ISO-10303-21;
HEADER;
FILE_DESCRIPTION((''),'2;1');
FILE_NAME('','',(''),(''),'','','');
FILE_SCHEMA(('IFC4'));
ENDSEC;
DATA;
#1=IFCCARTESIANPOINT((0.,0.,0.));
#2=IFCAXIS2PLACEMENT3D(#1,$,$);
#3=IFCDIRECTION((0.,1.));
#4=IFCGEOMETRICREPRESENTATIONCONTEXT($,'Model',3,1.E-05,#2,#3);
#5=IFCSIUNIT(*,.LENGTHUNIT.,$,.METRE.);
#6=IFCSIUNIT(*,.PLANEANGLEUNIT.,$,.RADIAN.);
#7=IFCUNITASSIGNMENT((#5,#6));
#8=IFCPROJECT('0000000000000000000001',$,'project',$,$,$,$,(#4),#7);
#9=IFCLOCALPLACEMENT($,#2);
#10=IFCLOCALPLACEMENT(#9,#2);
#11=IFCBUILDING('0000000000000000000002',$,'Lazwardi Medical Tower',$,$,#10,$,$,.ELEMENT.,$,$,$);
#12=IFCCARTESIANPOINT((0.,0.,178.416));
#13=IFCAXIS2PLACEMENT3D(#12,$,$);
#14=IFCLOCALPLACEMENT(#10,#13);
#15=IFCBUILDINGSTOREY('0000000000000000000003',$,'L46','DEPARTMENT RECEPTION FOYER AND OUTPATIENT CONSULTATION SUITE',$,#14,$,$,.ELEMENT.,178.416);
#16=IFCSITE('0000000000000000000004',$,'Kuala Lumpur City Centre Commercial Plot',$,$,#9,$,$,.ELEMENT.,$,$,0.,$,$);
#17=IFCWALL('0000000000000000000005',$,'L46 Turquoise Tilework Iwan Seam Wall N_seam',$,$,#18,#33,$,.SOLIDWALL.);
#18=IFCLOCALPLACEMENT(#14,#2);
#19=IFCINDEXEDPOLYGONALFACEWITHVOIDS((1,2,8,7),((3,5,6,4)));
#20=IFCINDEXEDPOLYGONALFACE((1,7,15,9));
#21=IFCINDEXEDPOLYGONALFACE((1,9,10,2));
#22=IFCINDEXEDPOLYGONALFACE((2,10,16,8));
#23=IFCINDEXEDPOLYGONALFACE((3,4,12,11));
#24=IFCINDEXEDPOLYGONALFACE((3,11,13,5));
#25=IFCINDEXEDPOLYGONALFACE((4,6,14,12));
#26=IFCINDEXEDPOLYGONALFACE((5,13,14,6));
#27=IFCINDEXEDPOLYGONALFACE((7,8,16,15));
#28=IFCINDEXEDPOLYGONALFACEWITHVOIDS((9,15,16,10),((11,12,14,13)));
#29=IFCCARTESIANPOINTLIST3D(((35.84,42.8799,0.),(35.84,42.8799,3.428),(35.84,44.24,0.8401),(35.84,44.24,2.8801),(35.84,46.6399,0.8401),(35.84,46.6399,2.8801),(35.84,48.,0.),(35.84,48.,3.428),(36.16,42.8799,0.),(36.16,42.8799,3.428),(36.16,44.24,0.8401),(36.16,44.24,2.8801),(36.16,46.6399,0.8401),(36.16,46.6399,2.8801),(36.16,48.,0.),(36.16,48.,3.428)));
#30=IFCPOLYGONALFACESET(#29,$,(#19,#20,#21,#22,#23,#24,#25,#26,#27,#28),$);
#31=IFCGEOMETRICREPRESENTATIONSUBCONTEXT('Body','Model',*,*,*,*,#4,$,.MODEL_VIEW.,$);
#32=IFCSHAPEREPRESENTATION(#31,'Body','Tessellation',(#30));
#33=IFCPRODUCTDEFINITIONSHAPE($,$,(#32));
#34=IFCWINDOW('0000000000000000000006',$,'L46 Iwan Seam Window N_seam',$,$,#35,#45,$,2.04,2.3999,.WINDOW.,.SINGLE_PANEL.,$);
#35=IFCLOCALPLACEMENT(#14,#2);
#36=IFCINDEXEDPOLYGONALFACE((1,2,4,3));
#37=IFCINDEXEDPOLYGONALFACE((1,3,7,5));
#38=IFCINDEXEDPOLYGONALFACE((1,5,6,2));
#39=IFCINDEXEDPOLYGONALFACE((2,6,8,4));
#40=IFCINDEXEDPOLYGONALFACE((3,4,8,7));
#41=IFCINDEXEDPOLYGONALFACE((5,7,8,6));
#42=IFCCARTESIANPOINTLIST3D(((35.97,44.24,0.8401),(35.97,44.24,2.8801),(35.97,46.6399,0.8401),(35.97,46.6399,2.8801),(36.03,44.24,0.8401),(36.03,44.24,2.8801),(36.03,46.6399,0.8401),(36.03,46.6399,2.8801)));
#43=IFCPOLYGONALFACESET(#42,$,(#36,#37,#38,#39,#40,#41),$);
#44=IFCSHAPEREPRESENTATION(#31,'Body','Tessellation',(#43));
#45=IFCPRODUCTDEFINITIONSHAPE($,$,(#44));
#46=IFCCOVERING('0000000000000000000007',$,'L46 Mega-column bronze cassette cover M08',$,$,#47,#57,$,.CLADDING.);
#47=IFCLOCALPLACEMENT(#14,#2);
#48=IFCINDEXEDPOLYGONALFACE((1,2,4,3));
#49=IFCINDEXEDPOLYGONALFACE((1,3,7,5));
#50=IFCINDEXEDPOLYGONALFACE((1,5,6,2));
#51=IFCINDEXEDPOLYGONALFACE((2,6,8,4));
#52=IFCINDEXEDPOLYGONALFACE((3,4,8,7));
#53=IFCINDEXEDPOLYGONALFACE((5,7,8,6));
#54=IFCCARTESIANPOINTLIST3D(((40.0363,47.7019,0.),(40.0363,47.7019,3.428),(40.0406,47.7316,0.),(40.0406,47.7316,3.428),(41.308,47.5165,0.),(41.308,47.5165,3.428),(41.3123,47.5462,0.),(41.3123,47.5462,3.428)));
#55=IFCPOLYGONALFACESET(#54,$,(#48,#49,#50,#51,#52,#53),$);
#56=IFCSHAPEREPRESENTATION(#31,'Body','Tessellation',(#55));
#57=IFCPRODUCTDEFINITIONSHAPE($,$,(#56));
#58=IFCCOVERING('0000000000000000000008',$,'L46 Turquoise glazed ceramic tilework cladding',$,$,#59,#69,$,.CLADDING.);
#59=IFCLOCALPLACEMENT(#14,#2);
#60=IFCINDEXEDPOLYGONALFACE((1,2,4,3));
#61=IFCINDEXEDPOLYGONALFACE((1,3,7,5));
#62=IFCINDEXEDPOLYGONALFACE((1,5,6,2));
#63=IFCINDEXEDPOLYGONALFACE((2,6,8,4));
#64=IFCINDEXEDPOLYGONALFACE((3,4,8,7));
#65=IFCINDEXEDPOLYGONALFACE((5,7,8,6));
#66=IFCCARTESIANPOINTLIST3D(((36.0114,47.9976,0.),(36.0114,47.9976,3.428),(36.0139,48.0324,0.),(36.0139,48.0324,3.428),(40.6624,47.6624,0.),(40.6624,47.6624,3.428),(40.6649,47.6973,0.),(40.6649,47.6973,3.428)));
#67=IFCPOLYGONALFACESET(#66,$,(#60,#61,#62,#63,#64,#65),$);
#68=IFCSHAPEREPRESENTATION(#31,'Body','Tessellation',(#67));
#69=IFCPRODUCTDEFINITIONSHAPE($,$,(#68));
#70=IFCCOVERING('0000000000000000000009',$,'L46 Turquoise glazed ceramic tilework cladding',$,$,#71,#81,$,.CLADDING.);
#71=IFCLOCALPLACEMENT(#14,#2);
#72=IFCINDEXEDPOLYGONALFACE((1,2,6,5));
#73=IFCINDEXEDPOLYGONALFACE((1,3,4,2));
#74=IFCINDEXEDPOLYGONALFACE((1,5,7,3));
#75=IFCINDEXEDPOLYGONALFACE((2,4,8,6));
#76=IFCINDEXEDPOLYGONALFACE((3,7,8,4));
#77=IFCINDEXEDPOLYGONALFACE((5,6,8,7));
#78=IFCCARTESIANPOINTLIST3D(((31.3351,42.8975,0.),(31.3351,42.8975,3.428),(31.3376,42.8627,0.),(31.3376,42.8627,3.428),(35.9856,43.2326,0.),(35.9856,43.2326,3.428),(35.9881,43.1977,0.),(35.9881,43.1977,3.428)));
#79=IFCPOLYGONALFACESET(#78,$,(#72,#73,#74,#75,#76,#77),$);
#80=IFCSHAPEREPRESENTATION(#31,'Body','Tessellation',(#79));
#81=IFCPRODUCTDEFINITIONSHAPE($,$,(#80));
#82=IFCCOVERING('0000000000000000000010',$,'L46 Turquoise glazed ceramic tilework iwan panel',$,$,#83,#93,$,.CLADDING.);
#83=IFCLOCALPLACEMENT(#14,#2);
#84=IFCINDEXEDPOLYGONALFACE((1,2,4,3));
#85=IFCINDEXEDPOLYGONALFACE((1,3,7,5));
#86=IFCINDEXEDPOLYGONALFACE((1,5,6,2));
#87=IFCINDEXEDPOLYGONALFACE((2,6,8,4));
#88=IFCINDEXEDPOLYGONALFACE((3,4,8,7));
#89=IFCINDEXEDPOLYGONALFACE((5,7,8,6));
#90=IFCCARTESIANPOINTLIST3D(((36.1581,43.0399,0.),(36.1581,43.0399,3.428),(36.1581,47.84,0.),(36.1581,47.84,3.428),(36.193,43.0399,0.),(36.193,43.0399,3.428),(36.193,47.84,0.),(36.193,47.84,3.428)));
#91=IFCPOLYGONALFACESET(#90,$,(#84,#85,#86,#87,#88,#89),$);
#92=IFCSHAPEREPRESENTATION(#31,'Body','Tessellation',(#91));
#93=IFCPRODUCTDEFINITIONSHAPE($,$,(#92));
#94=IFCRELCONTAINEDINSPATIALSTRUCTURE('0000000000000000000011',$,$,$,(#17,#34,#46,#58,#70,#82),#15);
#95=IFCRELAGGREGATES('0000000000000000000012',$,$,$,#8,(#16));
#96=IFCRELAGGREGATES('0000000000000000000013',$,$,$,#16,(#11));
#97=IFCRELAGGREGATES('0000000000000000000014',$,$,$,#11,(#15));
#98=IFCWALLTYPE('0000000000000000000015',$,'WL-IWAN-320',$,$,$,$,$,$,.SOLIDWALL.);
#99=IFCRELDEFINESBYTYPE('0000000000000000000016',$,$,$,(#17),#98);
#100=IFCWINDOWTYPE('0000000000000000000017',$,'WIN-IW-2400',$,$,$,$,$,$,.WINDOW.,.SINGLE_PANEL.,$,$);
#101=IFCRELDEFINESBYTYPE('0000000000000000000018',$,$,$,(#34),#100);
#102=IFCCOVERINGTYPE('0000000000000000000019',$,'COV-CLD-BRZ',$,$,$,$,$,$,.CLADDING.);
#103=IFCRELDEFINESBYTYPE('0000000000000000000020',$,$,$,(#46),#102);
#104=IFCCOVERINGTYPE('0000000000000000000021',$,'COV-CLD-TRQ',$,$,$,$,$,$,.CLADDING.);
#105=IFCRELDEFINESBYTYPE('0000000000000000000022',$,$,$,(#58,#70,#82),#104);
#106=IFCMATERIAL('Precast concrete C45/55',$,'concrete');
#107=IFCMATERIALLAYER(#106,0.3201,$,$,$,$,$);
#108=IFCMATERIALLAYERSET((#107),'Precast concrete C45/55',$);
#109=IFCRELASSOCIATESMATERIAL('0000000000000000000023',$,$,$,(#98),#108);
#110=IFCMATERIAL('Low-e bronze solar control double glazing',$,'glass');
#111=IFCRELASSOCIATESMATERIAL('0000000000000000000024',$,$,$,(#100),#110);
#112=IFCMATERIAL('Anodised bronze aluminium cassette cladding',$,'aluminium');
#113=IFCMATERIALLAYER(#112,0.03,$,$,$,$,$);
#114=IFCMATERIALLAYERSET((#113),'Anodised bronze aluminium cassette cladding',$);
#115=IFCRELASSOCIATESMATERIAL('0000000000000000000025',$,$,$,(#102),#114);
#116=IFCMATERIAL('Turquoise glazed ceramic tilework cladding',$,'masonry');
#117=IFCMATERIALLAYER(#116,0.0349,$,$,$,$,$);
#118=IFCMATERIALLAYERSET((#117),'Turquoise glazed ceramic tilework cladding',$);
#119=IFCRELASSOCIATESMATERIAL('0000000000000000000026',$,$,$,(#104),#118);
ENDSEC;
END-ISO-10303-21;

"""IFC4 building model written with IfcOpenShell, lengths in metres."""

from ifc_helpers import new_model, si_unit, direction, frame, frame_2d, origin, origin_2d, place, context, subcontext, project, spatial, rectangle, extrude, material, layer, layer_set, type_object, element, fill, save


model = new_model("IFC4")

# Units and contexts
model_context = context("Model", 3, precision=1e-05, world=origin(), true_north=direction((0.0, 1.0)))
body_context = subcontext(model_context, "Body", "Model", "MODEL_VIEW")
ifc_project = project(units=[si_unit("LENGTHUNIT", "METRE"), si_unit("PLANEANGLEUNIT", "RADIAN")], contexts=[model_context])

# Site, building, storey
site_placement = place(None, origin())
site = spatial("IfcSite", under=ifc_project, at=site_placement, Name="Kuala Lumpur City Centre Commercial Plot", CompositionType="ELEMENT", RefElevation=0.0)
building_placement = place(site_placement, origin())
building = spatial("IfcBuilding", under=site, at=building_placement, Name="Lazwardi Medical Tower", CompositionType="ELEMENT")
storey_placement = place(building_placement, frame((0.0, 0.0, 178.416)))
storey = spatial("IfcBuildingStorey", under=building, at=storey_placement, Name="L46", Description="DEPARTMENT RECEPTION FOYER AND OUTPATIENT CONSULTATION SUITE", CompositionType="ELEMENT", Elevation=178.416)

# Shared definitions
ifc_material_1 = material(Name="Low-e bronze solar control double glazing", Category="glass")

# Wall, opening, window
ifc_material_2 = material(Name="Precast concrete C45/55", Category="concrete")
ifc_layer_1 = layer(ifc_material_2, 0.3201)
ifc_layer_set_1 = layer_set([ifc_layer_1], Name="Precast concrete C45/55")
wall_type_1 = type_object("IfcWallType", Name="WL-IWAN-320", PredefinedType="SOLIDWALL", material=ifc_layer_set_1)
wall_1_placement = place(storey_placement, frame((36.0, 48.0, 0.0), z_axis=(0.0, 0.0, 1.0), x_axis=(0.0, -1.0, 0.0)))
wall_1 = element("IfcWall", 1, at=wall_1_placement, inside=storey, type_object=wall_type_1, Name="L46 Turquoise Tilework Iwan Seam Wall N_seam", PredefinedType="SOLIDWALL", context=body_context, shape_type="SweptSolid", body=[
    extrude(rectangle(XDim=5.1201, YDim=0.3201, at=frame_2d((2.5601, 0.0))), origin(), (0.0, 0.0, 1.0), 3.428),
])
opening_1_placement = place(wall_1_placement, frame((1.3601, 0.0, 0.8401)))
opening_1 = element("IfcOpeningElement", 2, at=opening_1_placement, cuts=wall_1, PredefinedType="OPENING", context=body_context, shape_type="SweptSolid", body=[
    extrude(rectangle(XDim=2.3999, YDim=2.04, at=frame_2d((1.2, 1.02))), frame((0.0, 0.1699, 0.0), z_axis=(0.0, -1.0, 0.0), x_axis=(1.0, 0.0, 0.0)), (0.0, 0.0, 1.0), 0.3401),
])
window_type_1 = type_object("IfcWindowType", Name="WIN-IW-2400", PartitioningType="SINGLE_PANEL", PredefinedType="WINDOW", material=ifc_material_1)
window_1_placement = place(opening_1_placement, origin())
window_1 = element("IfcWindow", 3, at=window_1_placement, inside=storey, type_object=window_type_1, Name="L46 Iwan Seam Window N_seam", OverallHeight=2.04, OverallWidth=2.3999, PartitioningType="SINGLE_PANEL", PredefinedType="WINDOW", context=body_context, shape_type="SweptSolid", body=[
    extrude(rectangle(XDim=2.3999, YDim=2.04, at=frame_2d((1.2, 1.02))), frame((0.0, 0.03, 0.0), z_axis=(0.0, -1.0, 0.0), x_axis=(1.0, 0.0, 0.0)), (0.0, 0.0, 1.0), 0.0601),
])
fill(opening_1, window_1)

# Coverings
ifc_material_3 = material(Name="Anodised bronze aluminium cassette cladding", Category="aluminium")
ifc_layer_2 = layer(ifc_material_3, 0.03)
ifc_layer_set_2 = layer_set([ifc_layer_2], Name="Anodised bronze aluminium cassette cladding")
covering_type_1 = type_object("IfcCoveringType", Name="COV-CLD-BRZ", PredefinedType="CLADDING", material=ifc_layer_set_2)
covering_1_placement = place(storey_placement, frame((40.6743, 47.624, 0.0), z_axis=(0.0, 0.0, 1.0), x_axis=(-0.989539, 0.144265, 0.0)))
element("IfcCovering", 4, at=covering_1_placement, inside=storey, type_object=covering_type_1, Name="L46 Mega-column bronze cassette cover M08", PredefinedType="CLADDING", context=body_context, shape_type="SweptSolid", body=[
    extrude(rectangle(XDim=1.2852, YDim=0.03, at=origin_2d()), origin(), (0.0, 0.0, 1.0), 3.428),
])
ifc_material_4 = material(Name="Turquoise glazed ceramic tilework cladding", Category="masonry")
ifc_layer_3 = layer(ifc_material_4, 0.0349)
ifc_layer_set_3 = layer_set([ifc_layer_3], Name="Turquoise glazed ceramic tilework cladding")
covering_type_2 = type_object("IfcCoveringType", Name="COV-CLD-TRQ", PredefinedType="CLADDING", material=ifc_layer_set_3)
covering_2_placement = place(storey_placement, frame((38.3381, 47.8474, 0.0), z_axis=(0.0, 0.0, 1.0), x_axis=(-0.997415, 0.071863, 0.0)))
element("IfcCovering", 5, at=covering_2_placement, inside=storey, type_object=covering_type_2, Name="L46 Turquoise glazed ceramic tilework cladding", PredefinedType="CLADDING", context=body_context, shape_type="SweptSolid", body=[
    extrude(rectangle(XDim=4.6631, YDim=0.0349, at=origin_2d()), origin(), (0.0, 0.0, 1.0), 3.428),
])
covering_3_placement = place(storey_placement, frame((33.6616, 43.0476, 0.0), z_axis=(0.0, 0.0, 1.0), x_axis=(-0.997414, -0.071868, 0.0)))
element("IfcCovering", 6, at=covering_3_placement, inside=storey, type_object=covering_type_2, Name="L46 Turquoise glazed ceramic tilework cladding", PredefinedType="CLADDING", context=body_context, shape_type="SweptSolid", body=[
    extrude(rectangle(XDim=4.6626, YDim=0.0349, at=origin_2d()), origin(), (0.0, 0.0, 1.0), 3.428),
])
covering_4_placement = place(storey_placement, frame((36.1755, 45.4399, 0.0), z_axis=(0.0, 0.0, 1.0), x_axis=(0.0, -1.0, 0.0)))
element("IfcCovering", 7, at=covering_4_placement, inside=storey, type_object=covering_type_2, Name="L46 Turquoise glazed ceramic tilework iwan panel", PredefinedType="CLADDING", context=body_context, shape_type="SweptSolid", body=[
    extrude(rectangle(XDim=4.8, YDim=0.0349, at=origin_2d()), origin(), (0.0, 0.0, 1.0), 3.428),
])

save(model, "model.ifc")
